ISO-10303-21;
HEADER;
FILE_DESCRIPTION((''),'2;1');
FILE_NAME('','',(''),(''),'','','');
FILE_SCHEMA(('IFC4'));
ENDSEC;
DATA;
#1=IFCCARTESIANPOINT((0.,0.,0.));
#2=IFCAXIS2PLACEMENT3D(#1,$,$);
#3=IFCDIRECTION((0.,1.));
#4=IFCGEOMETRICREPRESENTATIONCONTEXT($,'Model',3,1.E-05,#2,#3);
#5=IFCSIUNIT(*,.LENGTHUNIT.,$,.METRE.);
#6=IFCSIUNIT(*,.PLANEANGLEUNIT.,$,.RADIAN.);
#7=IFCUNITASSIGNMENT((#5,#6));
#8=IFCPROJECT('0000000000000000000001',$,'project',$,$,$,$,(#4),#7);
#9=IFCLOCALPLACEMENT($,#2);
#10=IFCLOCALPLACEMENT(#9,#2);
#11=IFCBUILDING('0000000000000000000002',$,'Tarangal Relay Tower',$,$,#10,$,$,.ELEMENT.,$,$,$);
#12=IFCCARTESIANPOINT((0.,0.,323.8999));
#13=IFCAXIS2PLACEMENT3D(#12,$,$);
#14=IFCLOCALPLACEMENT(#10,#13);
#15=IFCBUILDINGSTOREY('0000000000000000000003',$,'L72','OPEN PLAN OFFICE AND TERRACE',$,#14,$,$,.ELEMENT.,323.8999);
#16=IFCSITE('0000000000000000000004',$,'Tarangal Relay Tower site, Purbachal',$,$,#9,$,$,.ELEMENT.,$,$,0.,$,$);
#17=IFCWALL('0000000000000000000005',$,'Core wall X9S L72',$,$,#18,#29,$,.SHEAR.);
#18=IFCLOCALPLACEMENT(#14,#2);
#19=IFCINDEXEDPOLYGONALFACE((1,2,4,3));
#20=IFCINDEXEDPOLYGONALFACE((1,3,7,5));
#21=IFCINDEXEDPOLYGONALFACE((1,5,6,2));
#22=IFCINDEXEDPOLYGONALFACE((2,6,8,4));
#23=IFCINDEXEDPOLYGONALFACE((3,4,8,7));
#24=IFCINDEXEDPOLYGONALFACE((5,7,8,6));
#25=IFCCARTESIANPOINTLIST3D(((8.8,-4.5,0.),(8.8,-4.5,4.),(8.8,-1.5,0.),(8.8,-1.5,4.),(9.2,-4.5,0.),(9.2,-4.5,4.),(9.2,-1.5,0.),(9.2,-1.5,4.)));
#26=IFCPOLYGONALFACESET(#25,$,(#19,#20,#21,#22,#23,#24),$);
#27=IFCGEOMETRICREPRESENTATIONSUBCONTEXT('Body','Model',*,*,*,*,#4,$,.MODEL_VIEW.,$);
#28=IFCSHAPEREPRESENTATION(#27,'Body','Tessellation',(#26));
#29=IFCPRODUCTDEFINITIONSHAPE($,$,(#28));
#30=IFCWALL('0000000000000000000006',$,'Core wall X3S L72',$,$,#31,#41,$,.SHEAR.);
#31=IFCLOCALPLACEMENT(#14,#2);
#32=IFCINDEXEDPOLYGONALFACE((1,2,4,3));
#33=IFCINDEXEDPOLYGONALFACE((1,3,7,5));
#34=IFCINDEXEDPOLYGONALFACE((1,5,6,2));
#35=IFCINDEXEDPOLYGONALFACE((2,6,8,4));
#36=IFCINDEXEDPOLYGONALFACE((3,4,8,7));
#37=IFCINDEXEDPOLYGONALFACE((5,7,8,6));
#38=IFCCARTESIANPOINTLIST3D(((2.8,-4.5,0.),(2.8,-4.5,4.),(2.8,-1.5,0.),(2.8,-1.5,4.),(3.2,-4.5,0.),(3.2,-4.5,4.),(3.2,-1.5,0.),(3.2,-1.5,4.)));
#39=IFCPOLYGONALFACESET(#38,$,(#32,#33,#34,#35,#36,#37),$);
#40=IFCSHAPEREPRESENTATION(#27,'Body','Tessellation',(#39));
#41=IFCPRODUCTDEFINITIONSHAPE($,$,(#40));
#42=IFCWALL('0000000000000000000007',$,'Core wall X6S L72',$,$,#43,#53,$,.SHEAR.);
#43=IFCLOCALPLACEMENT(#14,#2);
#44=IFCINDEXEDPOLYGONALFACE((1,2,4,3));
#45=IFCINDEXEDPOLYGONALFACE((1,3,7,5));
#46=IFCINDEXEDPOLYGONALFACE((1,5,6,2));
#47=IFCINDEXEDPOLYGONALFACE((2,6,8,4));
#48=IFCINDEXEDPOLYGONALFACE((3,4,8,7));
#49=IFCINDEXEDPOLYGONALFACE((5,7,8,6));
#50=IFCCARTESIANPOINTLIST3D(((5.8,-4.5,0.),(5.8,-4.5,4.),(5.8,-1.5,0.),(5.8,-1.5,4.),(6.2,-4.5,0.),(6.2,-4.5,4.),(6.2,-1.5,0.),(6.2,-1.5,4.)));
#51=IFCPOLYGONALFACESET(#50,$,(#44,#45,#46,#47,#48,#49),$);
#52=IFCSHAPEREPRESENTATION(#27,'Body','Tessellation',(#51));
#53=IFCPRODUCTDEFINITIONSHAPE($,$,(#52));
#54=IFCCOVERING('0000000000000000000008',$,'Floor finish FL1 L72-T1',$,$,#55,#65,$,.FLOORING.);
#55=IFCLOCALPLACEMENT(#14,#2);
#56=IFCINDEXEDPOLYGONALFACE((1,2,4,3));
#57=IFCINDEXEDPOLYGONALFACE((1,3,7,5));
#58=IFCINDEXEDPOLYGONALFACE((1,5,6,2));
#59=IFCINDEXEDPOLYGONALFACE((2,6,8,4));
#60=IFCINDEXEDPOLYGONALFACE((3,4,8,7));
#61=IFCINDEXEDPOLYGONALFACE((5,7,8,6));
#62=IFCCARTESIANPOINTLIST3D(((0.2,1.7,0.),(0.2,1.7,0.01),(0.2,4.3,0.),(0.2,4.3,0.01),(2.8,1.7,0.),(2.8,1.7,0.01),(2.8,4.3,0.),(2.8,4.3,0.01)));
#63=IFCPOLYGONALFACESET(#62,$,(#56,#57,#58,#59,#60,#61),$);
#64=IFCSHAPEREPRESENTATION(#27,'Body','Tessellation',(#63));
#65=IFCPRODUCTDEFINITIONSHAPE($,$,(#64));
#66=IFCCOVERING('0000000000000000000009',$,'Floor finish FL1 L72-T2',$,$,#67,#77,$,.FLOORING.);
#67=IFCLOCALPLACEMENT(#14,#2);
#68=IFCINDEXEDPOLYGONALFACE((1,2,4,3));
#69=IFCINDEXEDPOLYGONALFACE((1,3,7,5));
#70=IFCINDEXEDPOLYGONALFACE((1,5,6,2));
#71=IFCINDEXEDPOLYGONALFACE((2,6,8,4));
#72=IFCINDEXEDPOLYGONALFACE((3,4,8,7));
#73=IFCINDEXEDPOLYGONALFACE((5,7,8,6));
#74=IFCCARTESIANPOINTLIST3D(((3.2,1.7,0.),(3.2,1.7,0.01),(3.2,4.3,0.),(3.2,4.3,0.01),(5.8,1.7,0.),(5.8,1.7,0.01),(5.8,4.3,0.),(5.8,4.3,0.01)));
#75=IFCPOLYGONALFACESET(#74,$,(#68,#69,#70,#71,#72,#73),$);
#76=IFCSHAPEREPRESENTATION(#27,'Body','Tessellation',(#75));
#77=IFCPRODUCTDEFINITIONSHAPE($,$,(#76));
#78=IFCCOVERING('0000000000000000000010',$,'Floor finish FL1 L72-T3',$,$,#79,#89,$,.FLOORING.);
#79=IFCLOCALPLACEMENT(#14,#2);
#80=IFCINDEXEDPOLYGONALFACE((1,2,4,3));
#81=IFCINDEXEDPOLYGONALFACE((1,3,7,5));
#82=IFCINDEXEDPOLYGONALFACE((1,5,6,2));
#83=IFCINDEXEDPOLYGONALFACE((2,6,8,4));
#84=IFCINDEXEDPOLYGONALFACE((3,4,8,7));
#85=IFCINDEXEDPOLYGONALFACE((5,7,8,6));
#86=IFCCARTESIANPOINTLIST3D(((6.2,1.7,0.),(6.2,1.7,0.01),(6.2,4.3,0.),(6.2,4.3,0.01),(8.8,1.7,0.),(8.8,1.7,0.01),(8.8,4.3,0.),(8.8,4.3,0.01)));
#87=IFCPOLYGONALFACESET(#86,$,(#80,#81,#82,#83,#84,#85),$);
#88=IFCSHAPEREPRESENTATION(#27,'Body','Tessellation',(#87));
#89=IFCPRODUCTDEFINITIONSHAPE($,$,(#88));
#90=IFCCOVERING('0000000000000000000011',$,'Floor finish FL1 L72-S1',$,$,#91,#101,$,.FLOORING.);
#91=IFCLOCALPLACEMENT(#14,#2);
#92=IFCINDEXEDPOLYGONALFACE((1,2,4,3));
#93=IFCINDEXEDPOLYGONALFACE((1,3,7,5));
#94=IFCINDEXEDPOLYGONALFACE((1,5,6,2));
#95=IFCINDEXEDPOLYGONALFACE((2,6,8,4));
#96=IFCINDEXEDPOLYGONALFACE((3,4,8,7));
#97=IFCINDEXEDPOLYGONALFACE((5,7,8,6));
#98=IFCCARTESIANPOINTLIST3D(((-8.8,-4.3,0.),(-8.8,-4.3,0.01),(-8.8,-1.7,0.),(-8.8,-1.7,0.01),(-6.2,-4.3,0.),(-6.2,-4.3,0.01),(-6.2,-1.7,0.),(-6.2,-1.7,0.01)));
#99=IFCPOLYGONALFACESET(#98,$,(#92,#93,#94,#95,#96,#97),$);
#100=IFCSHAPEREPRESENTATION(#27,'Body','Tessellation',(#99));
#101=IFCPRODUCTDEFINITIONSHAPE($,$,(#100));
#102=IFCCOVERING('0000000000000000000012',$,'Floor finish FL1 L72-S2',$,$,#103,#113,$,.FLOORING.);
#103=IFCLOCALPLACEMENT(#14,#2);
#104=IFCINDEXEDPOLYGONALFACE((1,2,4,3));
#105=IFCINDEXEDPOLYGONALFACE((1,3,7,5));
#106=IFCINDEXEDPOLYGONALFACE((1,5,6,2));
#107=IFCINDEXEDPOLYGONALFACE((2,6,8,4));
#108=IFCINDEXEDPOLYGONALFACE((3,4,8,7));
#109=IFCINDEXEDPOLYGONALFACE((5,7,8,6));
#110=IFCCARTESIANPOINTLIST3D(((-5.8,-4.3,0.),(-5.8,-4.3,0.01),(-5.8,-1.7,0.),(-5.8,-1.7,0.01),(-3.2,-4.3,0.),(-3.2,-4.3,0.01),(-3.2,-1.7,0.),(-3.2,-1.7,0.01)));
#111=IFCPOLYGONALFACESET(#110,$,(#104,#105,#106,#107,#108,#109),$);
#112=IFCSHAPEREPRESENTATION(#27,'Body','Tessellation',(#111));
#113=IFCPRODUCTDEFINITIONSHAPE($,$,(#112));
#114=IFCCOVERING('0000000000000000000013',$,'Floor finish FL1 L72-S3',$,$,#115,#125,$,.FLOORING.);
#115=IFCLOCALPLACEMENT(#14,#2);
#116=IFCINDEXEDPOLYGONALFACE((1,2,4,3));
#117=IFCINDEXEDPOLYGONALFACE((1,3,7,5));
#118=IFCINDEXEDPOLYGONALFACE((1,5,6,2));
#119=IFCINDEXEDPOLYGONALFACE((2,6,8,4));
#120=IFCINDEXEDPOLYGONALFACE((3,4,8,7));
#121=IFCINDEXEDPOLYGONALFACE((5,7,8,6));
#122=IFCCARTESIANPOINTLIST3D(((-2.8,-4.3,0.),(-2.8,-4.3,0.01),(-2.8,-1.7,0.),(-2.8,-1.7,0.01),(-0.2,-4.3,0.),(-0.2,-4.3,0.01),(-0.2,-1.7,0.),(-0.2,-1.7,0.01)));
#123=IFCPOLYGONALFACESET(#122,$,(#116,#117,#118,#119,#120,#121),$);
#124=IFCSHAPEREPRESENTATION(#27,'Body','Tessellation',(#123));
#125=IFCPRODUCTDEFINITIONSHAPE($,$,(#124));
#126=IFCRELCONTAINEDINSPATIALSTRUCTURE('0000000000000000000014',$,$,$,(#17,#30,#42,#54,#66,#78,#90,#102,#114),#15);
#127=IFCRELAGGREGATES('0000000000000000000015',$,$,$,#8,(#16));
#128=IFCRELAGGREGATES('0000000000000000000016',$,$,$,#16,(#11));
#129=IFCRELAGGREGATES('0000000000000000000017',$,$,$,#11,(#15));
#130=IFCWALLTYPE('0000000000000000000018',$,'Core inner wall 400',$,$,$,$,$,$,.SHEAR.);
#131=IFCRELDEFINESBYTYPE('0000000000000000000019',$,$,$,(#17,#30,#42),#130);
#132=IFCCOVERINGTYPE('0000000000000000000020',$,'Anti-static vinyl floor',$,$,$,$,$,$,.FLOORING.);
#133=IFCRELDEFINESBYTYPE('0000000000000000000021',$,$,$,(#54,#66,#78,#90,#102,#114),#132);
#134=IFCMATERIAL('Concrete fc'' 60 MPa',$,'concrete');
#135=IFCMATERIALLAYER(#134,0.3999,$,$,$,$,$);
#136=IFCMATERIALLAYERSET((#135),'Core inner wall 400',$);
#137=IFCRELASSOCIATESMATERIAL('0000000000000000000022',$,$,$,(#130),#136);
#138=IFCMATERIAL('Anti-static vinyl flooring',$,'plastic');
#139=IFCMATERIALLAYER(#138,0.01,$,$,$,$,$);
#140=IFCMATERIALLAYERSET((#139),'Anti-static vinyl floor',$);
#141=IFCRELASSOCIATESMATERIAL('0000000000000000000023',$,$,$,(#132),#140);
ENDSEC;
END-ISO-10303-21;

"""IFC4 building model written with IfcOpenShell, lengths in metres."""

from ifc_helpers import new_model, si_unit, direction, frame, frame_2d, origin, place, context, subcontext, project, spatial, polyline, rectangle, outline, extrude, material, layer, layer_set, type_object, element, save


model = new_model("IFC4")

# Units and contexts
model_context = context("Model", 3, precision=1e-05, world=origin(), true_north=direction((0.0, 1.0)))
body_context = subcontext(model_context, "Body", "Model", "MODEL_VIEW")
ifc_project = project(units=[si_unit("LENGTHUNIT", "METRE"), si_unit("PLANEANGLEUNIT", "RADIAN")], contexts=[model_context])

# Site, building, storey
site_placement = place(None, origin())
site = spatial("IfcSite", under=ifc_project, at=site_placement, Name="Tarangal Relay Tower site, Purbachal", CompositionType="ELEMENT", RefElevation=0.0)
building_placement = place(site_placement, origin())
building = spatial("IfcBuilding", under=site, at=building_placement, Name="Tarangal Relay Tower", CompositionType="ELEMENT")
storey_placement = place(building_placement, frame((0.0, 0.0, 323.8999)))
storey = spatial("IfcBuildingStorey", under=building, at=storey_placement, Name="L72", Description="OPEN PLAN OFFICE AND TERRACE", CompositionType="ELEMENT", Elevation=323.8999)

# Walls
ifc_material_1 = material(Name="Concrete fc' 60 MPa", Category="concrete")
ifc_layer_1 = layer(ifc_material_1, 0.3999)
ifc_layer_set_1 = layer_set([ifc_layer_1], Name="Core inner wall 400")
wall_type_1 = type_object("IfcWallType", Name="Core inner wall 400", PredefinedType="SHEAR", material=ifc_layer_set_1)
for number, where, z_axis, x_axis, name in (
    (1, (9.0, -4.5, 0.0), (0.0, 0.0, 1.0), (0.0, 1.0, 0.0), "Core wall X9S L72"),
    (2, (3.0, -4.5, 0.0), (0.0, 0.0, 1.0), (0.0, 1.0, 0.0), "Core wall X3S L72"),
    (3, (6.0, -4.5, 0.0), (0.0, 0.0, 1.0), (0.0, 1.0, 0.0), "Core wall X6S L72"),
):
    element("IfcWall", number, at=place(storey_placement, frame(where, z_axis=z_axis, x_axis=x_axis)), inside=storey, type_object=wall_type_1, Name=name, PredefinedType="SHEAR", context=body_context, shape_type="SweptSolid", body=[
        extrude(rectangle(XDim=3.0, YDim=0.3999, at=frame_2d((1.5, 0.0))), origin(), (0.0, 0.0, 1.0), 4.0),
    ])

# Coverings
ifc_material_2 = material(Name="Anti-static vinyl flooring", Category="plastic")
ifc_layer_2 = layer(ifc_material_2, 0.01)
ifc_layer_set_2 = layer_set([ifc_layer_2], Name="Anti-static vinyl floor")
covering_type_1 = type_object("IfcCoveringType", Name="Anti-static vinyl floor", PredefinedType="FLOORING", material=ifc_layer_set_2)
covering_1_placement = place(storey_placement, origin())
element("IfcCovering", 4, at=covering_1_placement, inside=storey, type_object=covering_type_1, Name="Floor finish FL1 L72-T1", PredefinedType="FLOORING", context=body_context, shape_type="SweptSolid", body=[
    extrude(outline(polyline([(0.2, 1.7), (2.8, 1.7), (2.8, 4.3), (0.2, 4.3), (0.2, 1.7)])), origin(), (0.0, 0.0, 1.0), 0.01),
])
covering_2_placement = place(storey_placement, origin())
element("IfcCovering", 5, at=covering_2_placement, inside=storey, type_object=covering_type_1, Name="Floor finish FL1 L72-T2", PredefinedType="FLOORING", context=body_context, shape_type="SweptSolid", body=[
    extrude(outline(polyline([(3.2, 1.7), (5.8, 1.7), (5.8, 4.3), (3.2, 4.3), (3.2, 1.7)])), origin(), (0.0, 0.0, 1.0), 0.01),
])
covering_3_placement = place(storey_placement, origin())
element("IfcCovering", 6, at=covering_3_placement, inside=storey, type_object=covering_type_1, Name="Floor finish FL1 L72-T3", PredefinedType="FLOORING", context=body_context, shape_type="SweptSolid", body=[
    extrude(outline(polyline([(6.2, 1.7), (8.8, 1.7), (8.8, 4.3), (6.2, 4.3), (6.2, 1.7)])), origin(), (0.0, 0.0, 1.0), 0.01),
])
covering_4_placement = place(storey_placement, origin())
element("IfcCovering", 7, at=covering_4_placement, inside=storey, type_object=covering_type_1, Name="Floor finish FL1 L72-S1", PredefinedType="FLOORING", context=body_context, shape_type="SweptSolid", body=[
    extrude(outline(polyline([(-8.8, -4.3), (-6.2, -4.3), (-6.2, -1.7), (-8.8, -1.7), (-8.8, -4.3)])), origin(), (0.0, 0.0, 1.0), 0.01),
])
covering_5_placement = place(storey_placement, origin())
element("IfcCovering", 8, at=covering_5_placement, inside=storey, type_object=covering_type_1, Name="Floor finish FL1 L72-S2", PredefinedType="FLOORING", context=body_context, shape_type="SweptSolid", body=[
    extrude(outline(polyline([(-5.8, -4.3), (-3.2, -4.3), (-3.2, -1.7), (-5.8, -1.7), (-5.8, -4.3)])), origin(), (0.0, 0.0, 1.0), 0.01),
])
covering_6_placement = place(storey_placement, origin())
element("IfcCovering", 9, at=covering_6_placement, inside=storey, type_object=covering_type_1, Name="Floor finish FL1 L72-S3", PredefinedType="FLOORING", context=body_context, shape_type="SweptSolid", body=[
    extrude(outline(polyline([(-2.8, -4.3), (-0.2, -4.3), (-0.2, -1.7), (-2.8, -1.7), (-2.8, -4.3)])), origin(), (0.0, 0.0, 1.0), 0.01),
])

save(model, "model.ifc")
